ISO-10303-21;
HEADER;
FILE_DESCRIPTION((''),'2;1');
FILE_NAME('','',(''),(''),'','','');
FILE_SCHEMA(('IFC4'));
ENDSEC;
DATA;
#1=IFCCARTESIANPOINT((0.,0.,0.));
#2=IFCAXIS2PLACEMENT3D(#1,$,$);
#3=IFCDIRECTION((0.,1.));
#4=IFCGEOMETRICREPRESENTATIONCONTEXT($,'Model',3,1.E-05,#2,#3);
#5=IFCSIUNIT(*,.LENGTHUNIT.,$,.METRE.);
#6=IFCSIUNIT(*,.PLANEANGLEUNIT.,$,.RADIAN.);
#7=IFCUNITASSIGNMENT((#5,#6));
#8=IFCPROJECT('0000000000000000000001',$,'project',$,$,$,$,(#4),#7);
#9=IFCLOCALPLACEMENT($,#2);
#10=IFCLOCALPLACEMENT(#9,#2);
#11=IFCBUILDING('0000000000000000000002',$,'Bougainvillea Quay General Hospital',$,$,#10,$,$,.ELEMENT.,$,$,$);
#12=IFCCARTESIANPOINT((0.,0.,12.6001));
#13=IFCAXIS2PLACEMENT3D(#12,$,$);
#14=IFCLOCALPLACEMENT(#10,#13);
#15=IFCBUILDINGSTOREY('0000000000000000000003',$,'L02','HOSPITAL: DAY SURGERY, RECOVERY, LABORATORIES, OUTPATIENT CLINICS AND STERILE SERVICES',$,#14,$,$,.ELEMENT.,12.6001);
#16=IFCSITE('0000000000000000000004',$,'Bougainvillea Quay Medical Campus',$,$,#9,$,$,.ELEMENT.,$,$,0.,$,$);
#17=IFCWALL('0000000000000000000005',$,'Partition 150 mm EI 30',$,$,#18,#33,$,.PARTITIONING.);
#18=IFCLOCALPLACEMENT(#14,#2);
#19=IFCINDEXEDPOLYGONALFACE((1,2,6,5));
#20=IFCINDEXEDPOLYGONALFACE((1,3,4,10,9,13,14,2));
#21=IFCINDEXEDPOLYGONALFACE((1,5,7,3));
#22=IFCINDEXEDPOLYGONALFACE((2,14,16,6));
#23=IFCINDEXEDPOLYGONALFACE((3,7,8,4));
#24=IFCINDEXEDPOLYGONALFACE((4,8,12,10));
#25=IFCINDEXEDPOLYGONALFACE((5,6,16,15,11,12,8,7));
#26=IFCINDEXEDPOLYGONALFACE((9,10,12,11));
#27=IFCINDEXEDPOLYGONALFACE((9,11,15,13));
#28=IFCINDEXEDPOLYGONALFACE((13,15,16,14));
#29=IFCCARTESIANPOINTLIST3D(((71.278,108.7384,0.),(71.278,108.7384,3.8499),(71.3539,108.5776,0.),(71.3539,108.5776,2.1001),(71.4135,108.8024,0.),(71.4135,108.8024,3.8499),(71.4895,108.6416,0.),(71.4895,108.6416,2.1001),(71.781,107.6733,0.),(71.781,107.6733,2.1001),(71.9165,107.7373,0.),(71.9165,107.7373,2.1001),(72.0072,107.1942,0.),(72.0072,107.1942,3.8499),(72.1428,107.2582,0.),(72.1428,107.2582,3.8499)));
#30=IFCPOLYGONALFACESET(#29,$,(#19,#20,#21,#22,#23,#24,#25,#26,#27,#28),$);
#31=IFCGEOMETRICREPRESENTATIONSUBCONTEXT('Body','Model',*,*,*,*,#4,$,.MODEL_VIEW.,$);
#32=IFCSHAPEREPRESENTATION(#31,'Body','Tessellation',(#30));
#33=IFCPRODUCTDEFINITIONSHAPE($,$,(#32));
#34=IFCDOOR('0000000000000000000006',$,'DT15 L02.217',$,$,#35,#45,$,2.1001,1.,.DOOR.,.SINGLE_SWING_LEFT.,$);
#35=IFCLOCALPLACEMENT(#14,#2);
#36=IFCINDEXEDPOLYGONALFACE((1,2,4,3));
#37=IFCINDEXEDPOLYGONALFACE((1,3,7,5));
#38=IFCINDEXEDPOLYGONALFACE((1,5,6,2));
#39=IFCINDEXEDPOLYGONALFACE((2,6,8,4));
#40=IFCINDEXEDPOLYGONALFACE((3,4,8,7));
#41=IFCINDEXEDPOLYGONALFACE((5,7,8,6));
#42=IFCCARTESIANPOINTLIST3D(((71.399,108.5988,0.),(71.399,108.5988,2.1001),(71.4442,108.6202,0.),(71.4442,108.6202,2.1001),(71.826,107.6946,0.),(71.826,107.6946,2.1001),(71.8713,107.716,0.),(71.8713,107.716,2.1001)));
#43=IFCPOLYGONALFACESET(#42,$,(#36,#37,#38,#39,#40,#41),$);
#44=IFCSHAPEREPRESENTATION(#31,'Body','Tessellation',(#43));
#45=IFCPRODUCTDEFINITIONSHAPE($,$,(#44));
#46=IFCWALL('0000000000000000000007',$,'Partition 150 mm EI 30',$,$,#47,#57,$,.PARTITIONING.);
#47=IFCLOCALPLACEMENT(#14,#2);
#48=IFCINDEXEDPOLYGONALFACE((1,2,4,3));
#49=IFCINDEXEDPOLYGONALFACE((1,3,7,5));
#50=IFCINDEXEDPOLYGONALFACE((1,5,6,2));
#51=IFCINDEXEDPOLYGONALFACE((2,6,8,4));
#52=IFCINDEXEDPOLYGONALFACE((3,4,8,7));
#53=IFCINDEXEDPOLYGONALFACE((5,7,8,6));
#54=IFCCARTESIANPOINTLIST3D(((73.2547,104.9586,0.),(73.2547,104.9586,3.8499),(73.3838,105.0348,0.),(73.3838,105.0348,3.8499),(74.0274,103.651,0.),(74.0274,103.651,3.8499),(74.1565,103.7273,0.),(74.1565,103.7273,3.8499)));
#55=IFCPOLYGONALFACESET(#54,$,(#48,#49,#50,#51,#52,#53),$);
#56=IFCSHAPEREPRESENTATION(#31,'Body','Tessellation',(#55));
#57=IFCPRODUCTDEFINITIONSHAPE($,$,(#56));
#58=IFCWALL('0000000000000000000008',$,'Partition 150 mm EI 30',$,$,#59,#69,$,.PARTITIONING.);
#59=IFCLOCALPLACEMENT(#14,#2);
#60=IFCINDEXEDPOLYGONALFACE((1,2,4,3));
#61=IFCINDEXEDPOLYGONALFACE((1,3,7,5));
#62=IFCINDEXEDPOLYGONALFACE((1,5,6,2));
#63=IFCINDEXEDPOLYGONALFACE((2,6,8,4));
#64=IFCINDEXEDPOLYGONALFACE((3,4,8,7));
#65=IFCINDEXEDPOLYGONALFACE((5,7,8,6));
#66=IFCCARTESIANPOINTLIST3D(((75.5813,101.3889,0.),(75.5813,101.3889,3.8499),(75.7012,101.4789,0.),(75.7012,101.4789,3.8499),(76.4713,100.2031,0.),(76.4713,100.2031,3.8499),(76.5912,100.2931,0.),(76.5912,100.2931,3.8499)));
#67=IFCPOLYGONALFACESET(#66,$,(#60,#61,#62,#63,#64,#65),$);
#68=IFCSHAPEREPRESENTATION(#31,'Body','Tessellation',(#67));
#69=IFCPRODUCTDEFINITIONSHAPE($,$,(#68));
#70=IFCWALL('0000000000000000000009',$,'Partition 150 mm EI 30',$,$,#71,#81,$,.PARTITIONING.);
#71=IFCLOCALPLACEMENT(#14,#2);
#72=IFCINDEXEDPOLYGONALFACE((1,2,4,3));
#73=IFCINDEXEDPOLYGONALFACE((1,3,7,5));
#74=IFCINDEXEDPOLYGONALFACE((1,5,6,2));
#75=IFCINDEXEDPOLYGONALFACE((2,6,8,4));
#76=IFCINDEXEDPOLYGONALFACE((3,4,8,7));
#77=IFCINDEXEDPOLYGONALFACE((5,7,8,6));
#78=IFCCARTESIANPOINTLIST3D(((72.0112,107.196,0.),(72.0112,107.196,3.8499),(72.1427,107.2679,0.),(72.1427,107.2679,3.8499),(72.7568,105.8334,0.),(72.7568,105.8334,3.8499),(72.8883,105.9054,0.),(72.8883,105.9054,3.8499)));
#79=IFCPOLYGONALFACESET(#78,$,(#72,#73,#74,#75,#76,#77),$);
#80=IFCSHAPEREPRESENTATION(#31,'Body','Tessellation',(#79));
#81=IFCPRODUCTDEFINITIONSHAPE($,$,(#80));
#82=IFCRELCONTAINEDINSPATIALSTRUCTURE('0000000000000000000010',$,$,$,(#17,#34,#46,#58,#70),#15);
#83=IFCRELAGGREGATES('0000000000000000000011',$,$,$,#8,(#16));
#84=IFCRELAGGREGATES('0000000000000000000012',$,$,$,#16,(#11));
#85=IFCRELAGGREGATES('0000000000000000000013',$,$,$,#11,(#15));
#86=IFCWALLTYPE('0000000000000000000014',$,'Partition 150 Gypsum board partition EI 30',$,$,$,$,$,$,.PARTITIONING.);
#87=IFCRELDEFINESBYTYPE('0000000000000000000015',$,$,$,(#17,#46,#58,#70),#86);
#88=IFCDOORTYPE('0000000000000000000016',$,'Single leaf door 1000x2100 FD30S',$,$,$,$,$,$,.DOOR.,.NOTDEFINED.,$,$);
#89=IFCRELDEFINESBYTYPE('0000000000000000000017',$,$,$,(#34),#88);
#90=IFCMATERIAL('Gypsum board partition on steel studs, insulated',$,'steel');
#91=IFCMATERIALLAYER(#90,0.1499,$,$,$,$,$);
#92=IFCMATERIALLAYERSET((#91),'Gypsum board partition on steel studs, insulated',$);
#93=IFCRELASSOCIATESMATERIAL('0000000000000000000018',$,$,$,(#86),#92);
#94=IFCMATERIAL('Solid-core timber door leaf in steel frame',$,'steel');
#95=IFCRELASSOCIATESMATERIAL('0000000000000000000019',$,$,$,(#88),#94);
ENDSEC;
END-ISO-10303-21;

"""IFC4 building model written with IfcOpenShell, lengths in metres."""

from ifc_helpers import new_model, si_unit, direction, frame, frame_2d, origin, place, context, subcontext, project, spatial, rectangle, extrude, material, layer, layer_set, type_object, element, fill, save


model = new_model("IFC4")

# Units and contexts
model_context = context("Model", 3, precision=1e-05, world=origin(), true_north=direction((0.0, 1.0)))
body_context = subcontext(model_context, "Body", "Model", "MODEL_VIEW")
ifc_project = project(units=[si_unit("LENGTHUNIT", "METRE"), si_unit("PLANEANGLEUNIT", "RADIAN")], contexts=[model_context])

# Site, building, storey
site_placement = place(None, origin())
site = spatial("IfcSite", under=ifc_project, at=site_placement, Name="Bougainvillea Quay Medical Campus", CompositionType="ELEMENT", RefElevation=0.0)
building_placement = place(site_placement, origin())
building = spatial("IfcBuilding", under=site, at=building_placement, Name="Bougainvillea Quay General Hospital", CompositionType="ELEMENT")
storey_placement = place(building_placement, frame((0.0, 0.0, 12.6001)))
storey = spatial("IfcBuildingStorey", under=building, at=storey_placement, Name="L02", Description="HOSPITAL: DAY SURGERY, RECOVERY, LABORATORIES, OUTPATIENT CLINICS AND STERILE SERVICES", CompositionType="ELEMENT", Elevation=12.6001)

# Shared definitions
ifc_material_1 = material(Name="Gypsum board partition on steel studs, insulated", Category="steel")
ifc_layer_1 = layer(ifc_material_1, 0.1499)
ifc_layer_set_1 = layer_set([ifc_layer_1], Name="Gypsum board partition on steel studs, insulated")
wall_type_1 = type_object("IfcWallType", Name="Partition 150 Gypsum board partition EI 30", PredefinedType="PARTITIONING", material=ifc_layer_set_1)

# Wall, opening, door
ifc_material_2 = material(Name="Solid-core timber door leaf in steel frame", Category="steel")
door_type = type_object("IfcDoorType", Name="Single leaf door 1000x2100 FD30S", OperationType="NOTDEFINED", PredefinedType="DOOR", material=ifc_material_2)
wall_1_placement = place(storey_placement, frame((71.3457, 108.7705, 0.0), z_axis=(0.0, 0.0, 1.0), x_axis=(0.427029, -0.904238, 0.0)))
wall_1 = element("IfcWall", 1, at=wall_1_placement, inside=storey, type_object=wall_type_1, Name="Partition 150 mm EI 30", PredefinedType="PARTITIONING", context=body_context, shape_type="SweptSolid", body=[
    extrude(rectangle(XDim=1.7078, YDim=0.1499, at=frame_2d((0.854, 0.0))), origin(), (0.0, 0.0, 1.0), 3.8499),
])
opening_1_placement = place(wall_1_placement, frame((0.178, 0.0, 0.0)))
opening_1 = element("IfcOpeningElement", 2, at=opening_1_placement, cuts=wall_1, PredefinedType="OPENING", context=body_context, shape_type="SweptSolid", body=[
    extrude(rectangle(XDim=1.0, YDim=2.1001, at=frame_2d((0.5, 1.05))), frame((0.0, 0.085, 0.0), z_axis=(0.0, -1.0, 0.0), x_axis=(1.0, 0.0, 0.0)), (0.0, 0.0, 1.0), 0.1699),
])
door_1_placement = place(opening_1_placement, origin())
door_1 = element("IfcDoor", 3, at=door_1_placement, inside=storey, type_object=door_type, Name="DT15 L02.217", OperationType="SINGLE_SWING_LEFT", OverallHeight=2.1001, OverallWidth=1.0, PredefinedType="DOOR", context=body_context, shape_type="SweptSolid", body=[
    extrude(rectangle(XDim=1.0, YDim=2.1001, at=frame_2d((0.5, 1.05))), frame((0.0, 0.0249, 0.0), z_axis=(0.0, -1.0, 0.0), x_axis=(1.0, 0.0, 0.0)), (0.0, 0.0, 1.0), 0.05),
])
fill(opening_1, door_1)

# Walls
wall_2_placement = place(storey_placement, frame((73.3193, 104.9966, 0.0), z_axis=(0.0, 0.0, 1.0), x_axis=(0.50874, -0.86092, 0.0)))
element("IfcWall", 4, at=wall_2_placement, inside=storey, type_object=wall_type_1, Name="Partition 150 mm EI 30", PredefinedType="PARTITIONING", context=body_context, shape_type="SweptSolid", body=[
    extrude(rectangle(XDim=1.5188, YDim=0.1499, at=frame_2d((0.7593, 0.0))), origin(), (0.0, 0.0, 1.0), 3.8499),
])
wall_3_placement = place(storey_placement, frame((75.6414, 101.4338, 0.0), z_axis=(0.0, 0.0, 1.0), x_axis=(0.600237, -0.799822, 0.0)))
element("IfcWall", 5, at=wall_3_placement, inside=storey, type_object=wall_type_1, Name="Partition 150 mm EI 30", PredefinedType="PARTITIONING", context=body_context, shape_type="SweptSolid", body=[
    extrude(rectangle(XDim=1.4827, YDim=0.1499, at=frame_2d((0.7412, 0.0))), origin(), (0.0, 0.0, 1.0), 3.8499),
])
wall_4_placement = place(storey_placement, frame((72.0769, 107.2319, 0.0), z_axis=(0.0, 0.0, 1.0), x_axis=(0.480041, -0.877246, 0.0)))
element("IfcWall", 6, at=wall_4_placement, inside=storey, type_object=wall_type_1, Name="Partition 150 mm EI 30", PredefinedType="PARTITIONING", context=body_context, shape_type="SweptSolid", body=[
    extrude(rectangle(XDim=1.5532, YDim=0.1499, at=frame_2d((0.7766, 0.0))), origin(), (0.0, 0.0, 1.0), 3.8499),
])

save(model, "model.ifc")
